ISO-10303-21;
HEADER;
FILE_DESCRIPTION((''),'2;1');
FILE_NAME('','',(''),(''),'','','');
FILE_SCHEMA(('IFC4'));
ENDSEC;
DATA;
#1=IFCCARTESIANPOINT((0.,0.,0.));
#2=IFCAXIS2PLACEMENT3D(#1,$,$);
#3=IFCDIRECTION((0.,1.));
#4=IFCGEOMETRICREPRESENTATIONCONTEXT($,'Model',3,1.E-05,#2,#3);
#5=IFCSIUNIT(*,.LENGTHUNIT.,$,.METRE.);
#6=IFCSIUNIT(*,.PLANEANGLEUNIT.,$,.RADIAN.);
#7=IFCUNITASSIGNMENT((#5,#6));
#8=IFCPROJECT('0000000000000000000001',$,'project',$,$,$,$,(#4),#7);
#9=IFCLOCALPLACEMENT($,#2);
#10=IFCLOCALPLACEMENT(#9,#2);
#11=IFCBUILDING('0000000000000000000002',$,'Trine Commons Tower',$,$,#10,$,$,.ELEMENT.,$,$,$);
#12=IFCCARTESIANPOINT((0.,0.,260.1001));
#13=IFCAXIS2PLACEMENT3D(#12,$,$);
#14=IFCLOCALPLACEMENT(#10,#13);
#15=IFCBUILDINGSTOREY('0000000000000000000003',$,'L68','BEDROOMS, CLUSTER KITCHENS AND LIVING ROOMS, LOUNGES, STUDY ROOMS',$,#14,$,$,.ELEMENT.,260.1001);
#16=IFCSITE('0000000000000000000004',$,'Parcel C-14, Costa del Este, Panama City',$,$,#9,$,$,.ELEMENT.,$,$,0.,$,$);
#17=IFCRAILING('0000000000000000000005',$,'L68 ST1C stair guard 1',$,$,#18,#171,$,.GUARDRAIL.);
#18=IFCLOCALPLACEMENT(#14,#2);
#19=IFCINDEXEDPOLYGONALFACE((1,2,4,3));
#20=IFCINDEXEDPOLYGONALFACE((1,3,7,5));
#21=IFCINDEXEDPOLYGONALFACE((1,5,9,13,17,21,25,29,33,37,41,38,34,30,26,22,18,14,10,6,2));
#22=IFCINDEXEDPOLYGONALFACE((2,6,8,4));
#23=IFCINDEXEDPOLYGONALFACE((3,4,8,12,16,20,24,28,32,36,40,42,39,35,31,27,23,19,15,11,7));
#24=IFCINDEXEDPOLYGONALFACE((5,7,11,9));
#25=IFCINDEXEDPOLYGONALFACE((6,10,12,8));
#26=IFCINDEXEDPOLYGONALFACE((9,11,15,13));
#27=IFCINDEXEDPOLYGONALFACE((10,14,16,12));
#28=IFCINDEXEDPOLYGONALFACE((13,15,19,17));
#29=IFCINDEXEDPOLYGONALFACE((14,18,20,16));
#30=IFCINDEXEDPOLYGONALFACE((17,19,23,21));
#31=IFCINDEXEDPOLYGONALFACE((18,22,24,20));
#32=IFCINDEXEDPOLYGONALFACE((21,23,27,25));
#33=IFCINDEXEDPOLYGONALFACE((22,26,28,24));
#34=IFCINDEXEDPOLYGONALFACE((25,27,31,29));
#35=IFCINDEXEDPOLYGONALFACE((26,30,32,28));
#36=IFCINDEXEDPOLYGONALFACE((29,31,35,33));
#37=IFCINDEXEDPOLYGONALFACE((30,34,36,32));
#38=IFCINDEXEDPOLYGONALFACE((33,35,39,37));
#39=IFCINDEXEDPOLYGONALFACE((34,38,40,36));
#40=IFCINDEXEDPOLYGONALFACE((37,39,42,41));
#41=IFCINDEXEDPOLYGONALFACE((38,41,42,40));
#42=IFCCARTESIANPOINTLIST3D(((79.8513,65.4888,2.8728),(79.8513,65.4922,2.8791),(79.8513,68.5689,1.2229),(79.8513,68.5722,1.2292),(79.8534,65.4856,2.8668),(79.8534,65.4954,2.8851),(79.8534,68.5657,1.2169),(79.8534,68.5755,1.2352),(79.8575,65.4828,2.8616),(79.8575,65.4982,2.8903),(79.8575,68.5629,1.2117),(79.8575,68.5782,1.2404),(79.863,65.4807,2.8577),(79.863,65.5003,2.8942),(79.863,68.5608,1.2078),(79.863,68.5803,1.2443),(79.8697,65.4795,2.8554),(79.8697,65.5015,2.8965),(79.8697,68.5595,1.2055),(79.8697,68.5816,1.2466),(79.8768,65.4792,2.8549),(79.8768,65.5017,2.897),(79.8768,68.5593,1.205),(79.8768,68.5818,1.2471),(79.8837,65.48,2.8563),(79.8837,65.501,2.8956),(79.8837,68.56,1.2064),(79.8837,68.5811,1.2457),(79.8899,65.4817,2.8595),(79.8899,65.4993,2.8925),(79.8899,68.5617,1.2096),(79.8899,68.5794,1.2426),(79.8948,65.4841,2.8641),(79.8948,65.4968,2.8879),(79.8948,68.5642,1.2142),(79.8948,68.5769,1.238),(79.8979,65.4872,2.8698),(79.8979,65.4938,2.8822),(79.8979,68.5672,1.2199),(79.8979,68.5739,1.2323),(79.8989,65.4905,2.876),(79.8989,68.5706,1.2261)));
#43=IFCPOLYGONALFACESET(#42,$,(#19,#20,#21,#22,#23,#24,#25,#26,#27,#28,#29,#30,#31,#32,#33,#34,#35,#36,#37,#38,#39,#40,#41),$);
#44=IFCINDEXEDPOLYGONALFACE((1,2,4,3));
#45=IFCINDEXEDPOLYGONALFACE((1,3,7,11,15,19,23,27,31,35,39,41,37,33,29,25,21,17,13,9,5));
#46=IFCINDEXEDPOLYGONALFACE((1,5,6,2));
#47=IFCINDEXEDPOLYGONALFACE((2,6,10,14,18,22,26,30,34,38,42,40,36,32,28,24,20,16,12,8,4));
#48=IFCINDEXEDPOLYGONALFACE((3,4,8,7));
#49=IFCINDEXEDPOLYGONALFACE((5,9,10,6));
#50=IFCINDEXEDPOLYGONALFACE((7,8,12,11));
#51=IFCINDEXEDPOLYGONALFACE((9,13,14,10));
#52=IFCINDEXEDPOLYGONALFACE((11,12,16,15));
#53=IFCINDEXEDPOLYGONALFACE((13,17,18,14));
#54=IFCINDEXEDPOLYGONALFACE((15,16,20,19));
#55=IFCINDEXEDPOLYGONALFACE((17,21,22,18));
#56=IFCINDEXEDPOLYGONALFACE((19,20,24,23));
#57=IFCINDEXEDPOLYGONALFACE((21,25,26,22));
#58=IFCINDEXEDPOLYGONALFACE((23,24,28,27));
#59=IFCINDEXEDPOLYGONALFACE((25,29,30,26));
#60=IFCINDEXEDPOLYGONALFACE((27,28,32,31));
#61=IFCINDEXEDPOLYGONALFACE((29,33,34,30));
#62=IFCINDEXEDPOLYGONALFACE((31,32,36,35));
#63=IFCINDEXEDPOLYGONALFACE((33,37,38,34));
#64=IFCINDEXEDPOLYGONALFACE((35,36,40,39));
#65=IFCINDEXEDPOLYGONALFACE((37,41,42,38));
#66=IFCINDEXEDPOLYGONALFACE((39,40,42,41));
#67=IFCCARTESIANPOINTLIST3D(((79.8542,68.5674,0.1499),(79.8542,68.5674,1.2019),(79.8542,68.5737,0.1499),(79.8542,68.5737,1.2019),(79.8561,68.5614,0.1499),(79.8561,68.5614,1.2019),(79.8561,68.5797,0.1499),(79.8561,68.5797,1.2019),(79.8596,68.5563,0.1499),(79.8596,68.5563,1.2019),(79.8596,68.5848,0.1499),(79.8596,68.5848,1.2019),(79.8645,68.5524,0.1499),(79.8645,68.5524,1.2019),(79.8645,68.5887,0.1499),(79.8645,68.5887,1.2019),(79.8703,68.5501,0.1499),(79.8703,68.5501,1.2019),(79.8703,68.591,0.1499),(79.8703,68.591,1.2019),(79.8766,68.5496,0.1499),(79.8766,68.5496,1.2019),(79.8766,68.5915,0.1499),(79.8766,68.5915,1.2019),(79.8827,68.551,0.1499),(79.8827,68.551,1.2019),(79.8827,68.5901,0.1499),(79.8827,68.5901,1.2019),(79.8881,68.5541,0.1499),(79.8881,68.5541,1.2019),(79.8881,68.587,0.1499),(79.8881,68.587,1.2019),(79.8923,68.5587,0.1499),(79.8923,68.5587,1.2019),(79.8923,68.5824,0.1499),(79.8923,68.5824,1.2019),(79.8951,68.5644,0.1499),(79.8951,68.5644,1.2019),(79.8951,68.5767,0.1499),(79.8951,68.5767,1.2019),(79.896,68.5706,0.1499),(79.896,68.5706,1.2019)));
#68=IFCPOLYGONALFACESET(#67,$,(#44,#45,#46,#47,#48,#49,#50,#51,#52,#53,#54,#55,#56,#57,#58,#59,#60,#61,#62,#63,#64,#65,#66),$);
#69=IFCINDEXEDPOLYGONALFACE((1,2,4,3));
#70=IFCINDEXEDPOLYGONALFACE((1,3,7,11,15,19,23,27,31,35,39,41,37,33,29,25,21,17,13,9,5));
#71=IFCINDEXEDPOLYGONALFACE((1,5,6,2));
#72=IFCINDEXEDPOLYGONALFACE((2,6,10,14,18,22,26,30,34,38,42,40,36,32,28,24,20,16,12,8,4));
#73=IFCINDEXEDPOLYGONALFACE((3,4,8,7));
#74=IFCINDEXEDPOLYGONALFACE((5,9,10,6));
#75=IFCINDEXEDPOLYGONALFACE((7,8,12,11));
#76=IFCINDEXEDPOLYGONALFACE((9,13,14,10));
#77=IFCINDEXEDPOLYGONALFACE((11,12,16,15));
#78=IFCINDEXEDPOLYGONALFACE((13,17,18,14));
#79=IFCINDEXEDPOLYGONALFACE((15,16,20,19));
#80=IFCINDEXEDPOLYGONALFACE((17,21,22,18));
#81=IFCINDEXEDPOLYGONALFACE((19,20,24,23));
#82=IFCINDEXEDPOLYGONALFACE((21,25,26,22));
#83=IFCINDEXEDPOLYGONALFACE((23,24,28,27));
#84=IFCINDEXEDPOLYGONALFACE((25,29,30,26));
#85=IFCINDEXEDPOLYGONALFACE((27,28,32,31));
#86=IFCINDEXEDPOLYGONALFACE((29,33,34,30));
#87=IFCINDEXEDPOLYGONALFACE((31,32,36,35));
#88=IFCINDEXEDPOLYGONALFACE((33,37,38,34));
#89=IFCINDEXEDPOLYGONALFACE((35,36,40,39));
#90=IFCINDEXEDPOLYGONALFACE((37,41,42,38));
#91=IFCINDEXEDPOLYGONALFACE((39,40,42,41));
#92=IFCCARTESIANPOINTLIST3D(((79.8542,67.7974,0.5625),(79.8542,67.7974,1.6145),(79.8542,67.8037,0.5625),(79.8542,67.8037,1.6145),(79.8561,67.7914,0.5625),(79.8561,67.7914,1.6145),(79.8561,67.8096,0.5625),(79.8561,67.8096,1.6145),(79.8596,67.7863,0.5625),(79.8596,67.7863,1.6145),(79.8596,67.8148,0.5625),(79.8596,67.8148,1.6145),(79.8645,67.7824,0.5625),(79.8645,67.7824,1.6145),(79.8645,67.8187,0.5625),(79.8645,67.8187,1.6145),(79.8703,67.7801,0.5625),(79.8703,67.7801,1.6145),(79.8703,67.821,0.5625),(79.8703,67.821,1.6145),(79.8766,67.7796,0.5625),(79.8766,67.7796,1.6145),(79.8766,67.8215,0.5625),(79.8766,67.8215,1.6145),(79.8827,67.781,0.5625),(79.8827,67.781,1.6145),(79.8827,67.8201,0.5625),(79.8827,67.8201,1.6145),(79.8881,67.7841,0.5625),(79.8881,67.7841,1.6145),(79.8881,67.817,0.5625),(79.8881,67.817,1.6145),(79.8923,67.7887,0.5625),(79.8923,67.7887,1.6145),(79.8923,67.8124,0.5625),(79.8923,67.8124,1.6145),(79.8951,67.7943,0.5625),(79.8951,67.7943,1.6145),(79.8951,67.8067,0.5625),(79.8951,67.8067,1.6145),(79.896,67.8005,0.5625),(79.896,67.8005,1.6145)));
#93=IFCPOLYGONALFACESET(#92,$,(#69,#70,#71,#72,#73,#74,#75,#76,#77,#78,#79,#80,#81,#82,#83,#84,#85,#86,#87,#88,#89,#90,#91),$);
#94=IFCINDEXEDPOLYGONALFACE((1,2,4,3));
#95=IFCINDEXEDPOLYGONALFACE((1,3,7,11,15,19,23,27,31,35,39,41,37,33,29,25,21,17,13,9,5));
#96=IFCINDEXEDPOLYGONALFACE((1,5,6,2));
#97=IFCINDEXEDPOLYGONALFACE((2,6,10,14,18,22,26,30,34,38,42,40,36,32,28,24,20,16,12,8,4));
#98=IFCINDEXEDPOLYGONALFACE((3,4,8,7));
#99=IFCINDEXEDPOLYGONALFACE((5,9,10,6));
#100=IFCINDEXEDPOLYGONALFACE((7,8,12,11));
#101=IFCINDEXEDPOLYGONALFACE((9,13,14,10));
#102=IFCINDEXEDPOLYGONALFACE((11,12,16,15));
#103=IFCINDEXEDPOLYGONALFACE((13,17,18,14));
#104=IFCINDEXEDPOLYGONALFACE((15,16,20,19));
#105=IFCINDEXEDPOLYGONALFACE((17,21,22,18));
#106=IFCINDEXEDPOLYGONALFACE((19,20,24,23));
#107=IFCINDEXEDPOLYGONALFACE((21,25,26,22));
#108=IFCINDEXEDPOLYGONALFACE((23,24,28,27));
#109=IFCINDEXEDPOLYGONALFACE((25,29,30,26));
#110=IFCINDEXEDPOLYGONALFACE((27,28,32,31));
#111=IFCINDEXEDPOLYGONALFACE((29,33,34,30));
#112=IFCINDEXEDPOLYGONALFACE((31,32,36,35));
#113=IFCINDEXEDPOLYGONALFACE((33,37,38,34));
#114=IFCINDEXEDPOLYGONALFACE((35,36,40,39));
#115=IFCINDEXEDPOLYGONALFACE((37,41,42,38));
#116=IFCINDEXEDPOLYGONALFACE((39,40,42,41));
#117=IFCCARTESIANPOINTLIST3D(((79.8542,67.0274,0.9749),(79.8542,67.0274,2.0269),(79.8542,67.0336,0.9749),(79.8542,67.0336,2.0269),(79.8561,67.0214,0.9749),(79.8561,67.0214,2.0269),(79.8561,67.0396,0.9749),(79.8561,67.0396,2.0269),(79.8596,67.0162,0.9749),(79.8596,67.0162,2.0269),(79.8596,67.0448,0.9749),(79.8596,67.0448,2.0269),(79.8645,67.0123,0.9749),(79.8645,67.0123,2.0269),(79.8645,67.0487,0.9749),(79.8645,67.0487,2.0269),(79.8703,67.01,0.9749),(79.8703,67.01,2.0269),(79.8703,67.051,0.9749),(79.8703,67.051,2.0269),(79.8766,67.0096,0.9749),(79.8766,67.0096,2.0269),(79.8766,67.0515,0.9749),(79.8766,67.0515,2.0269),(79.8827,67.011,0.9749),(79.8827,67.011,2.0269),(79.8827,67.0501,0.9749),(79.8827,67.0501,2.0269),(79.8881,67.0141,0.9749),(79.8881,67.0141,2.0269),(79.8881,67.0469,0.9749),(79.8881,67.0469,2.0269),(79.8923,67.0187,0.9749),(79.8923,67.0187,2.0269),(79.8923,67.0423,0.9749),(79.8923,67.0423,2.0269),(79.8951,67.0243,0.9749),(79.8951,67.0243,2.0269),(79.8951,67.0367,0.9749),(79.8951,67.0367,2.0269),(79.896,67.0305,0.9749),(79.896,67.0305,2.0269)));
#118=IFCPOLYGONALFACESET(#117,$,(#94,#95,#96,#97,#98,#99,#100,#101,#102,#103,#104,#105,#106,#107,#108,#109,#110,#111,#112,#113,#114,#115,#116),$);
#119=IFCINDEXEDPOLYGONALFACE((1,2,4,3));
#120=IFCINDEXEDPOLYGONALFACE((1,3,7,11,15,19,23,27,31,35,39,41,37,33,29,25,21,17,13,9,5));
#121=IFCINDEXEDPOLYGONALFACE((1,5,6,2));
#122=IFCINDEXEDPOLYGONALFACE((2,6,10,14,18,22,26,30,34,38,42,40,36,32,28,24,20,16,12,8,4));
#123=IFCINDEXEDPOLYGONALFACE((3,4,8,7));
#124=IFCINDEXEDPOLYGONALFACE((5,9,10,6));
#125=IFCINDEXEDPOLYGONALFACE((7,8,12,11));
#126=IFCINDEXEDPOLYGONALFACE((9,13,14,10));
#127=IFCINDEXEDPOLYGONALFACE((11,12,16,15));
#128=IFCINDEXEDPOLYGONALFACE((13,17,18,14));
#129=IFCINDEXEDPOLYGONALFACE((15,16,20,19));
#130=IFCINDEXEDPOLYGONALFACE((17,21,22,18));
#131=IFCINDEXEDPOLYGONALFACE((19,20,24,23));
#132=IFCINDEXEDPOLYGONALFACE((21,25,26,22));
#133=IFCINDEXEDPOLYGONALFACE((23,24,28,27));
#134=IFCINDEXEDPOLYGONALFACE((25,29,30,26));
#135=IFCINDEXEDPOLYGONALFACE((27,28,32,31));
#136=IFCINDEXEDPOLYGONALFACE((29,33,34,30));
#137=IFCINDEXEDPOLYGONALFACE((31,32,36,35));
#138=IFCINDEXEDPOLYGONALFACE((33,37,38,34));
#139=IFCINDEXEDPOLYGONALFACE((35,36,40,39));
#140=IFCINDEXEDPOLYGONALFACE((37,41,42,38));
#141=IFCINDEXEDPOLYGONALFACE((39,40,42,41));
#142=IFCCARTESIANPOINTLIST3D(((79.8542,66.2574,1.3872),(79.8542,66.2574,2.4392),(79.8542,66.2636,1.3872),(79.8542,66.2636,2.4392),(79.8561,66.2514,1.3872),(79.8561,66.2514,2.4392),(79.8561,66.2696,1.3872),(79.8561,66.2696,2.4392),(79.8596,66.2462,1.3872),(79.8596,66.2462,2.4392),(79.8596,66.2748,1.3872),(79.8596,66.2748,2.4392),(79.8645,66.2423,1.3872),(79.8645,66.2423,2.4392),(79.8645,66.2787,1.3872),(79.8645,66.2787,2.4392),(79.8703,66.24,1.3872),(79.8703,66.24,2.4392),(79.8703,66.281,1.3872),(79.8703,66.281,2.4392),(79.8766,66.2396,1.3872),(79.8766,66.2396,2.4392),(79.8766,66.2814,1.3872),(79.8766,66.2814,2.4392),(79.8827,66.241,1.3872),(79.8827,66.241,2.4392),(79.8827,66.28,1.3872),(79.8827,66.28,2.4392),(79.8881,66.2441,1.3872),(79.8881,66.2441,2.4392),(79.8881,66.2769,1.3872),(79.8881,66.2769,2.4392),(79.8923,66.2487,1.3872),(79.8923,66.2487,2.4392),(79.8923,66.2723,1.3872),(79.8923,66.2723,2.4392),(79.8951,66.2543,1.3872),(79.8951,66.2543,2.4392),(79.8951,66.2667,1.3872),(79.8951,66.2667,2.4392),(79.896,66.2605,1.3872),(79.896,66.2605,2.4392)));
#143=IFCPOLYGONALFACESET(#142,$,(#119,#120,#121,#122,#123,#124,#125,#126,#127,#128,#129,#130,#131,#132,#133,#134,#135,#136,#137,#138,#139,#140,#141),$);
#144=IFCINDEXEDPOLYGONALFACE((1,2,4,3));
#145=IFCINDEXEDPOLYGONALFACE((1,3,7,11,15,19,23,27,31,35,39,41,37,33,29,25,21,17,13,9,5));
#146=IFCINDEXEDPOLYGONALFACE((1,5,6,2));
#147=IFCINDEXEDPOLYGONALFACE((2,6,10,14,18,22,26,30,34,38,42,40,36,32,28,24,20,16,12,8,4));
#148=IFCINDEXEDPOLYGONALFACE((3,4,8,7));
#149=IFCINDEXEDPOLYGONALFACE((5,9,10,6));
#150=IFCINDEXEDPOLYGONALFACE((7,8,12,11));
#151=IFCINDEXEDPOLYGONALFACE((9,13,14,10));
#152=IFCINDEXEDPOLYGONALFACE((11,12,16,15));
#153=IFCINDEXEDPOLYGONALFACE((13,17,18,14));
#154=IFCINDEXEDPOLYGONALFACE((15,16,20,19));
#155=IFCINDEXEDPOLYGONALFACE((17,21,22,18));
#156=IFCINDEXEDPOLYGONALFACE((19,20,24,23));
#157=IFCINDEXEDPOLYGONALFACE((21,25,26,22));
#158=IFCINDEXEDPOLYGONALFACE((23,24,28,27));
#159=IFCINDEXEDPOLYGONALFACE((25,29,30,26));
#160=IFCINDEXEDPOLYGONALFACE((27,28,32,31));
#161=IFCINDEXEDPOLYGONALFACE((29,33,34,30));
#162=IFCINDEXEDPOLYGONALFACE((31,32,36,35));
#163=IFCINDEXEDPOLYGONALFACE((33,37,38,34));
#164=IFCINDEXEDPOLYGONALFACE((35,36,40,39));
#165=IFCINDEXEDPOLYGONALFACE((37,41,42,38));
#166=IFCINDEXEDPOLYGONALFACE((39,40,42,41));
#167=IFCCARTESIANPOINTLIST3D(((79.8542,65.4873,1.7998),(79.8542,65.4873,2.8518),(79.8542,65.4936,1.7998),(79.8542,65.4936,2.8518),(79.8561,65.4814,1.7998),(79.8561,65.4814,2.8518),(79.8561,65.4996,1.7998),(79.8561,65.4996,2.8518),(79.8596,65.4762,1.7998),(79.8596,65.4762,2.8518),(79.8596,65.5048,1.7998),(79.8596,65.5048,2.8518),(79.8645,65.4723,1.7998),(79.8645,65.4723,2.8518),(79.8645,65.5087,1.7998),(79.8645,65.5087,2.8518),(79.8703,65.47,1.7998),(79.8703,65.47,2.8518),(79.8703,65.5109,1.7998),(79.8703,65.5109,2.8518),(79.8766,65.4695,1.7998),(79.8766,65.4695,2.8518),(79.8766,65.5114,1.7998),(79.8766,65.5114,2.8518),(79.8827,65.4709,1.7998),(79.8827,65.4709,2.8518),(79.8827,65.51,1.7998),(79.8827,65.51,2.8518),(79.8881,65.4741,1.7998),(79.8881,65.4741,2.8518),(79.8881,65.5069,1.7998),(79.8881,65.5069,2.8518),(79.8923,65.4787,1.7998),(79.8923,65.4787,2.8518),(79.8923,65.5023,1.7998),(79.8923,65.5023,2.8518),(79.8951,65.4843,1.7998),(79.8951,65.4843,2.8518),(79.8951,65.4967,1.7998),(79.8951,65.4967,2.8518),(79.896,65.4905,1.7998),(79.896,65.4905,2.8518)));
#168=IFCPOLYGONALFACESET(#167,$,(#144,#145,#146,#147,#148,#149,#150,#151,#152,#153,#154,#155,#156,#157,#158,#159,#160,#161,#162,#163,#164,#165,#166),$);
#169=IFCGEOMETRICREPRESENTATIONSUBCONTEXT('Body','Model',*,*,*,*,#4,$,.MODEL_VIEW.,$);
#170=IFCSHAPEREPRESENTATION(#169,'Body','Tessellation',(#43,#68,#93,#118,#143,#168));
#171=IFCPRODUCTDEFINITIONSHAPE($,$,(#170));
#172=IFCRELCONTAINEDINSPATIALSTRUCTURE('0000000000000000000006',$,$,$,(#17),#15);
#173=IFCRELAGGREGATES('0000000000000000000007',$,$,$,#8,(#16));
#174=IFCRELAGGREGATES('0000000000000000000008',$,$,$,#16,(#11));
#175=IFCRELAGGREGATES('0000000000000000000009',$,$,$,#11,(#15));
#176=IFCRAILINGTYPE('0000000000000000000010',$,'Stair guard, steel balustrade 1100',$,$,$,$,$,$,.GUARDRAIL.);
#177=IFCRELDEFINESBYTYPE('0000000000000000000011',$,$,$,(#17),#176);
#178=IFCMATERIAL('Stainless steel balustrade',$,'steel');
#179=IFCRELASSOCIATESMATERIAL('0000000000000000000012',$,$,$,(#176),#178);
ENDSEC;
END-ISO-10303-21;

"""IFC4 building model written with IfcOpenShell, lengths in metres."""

from ifc_helpers import new_model, si_unit, direction, frame, origin, origin_2d, place, context, subcontext, project, spatial, circle, extrude, material, type_object, element, save


model = new_model("IFC4")

# Units and contexts
model_context = context("Model", 3, precision=1e-05, world=origin(), true_north=direction((0.0, 1.0)))
body_context = subcontext(model_context, "Body", "Model", "MODEL_VIEW")
ifc_project = project(units=[si_unit("LENGTHUNIT", "METRE"), si_unit("PLANEANGLEUNIT", "RADIAN")], contexts=[model_context])

# Site, building, storey
site_placement = place(None, origin())
site = spatial("IfcSite", under=ifc_project, at=site_placement, Name="Parcel C-14, Costa del Este, Panama City", CompositionType="ELEMENT", RefElevation=0.0)
building_placement = place(site_placement, origin())
building = spatial("IfcBuilding", under=site, at=building_placement, Name="Trine Commons Tower", CompositionType="ELEMENT")
storey_placement = place(building_placement, frame((0.0, 0.0, 260.1001)))
storey = spatial("IfcBuildingStorey", under=building, at=storey_placement, Name="L68", Description="BEDROOMS, CLUSTER KITCHENS AND LIVING ROOMS, LOUNGES, STUDY ROOMS", CompositionType="ELEMENT", Elevation=260.1001)

# Railing
ifc_material_1 = material(Name="Stainless steel balustrade", Category="steel")
railing_type_1 = type_object("IfcRailingType", Name="Stair guard, steel balustrade 1100", PredefinedType="GUARDRAIL", material=ifc_material_1)
railing_1_placement = place(storey_placement, frame((79.875, 68.5706, 0.1499)))
element("IfcRailing", 1, at=railing_1_placement, inside=storey, type_object=railing_type_1, Name="L68 ST1C stair guard 1", PredefinedType="GUARDRAIL", context=body_context, shape_type="SweptSolid", body=[
    extrude(circle(Radius=0.0239, at=origin_2d()), frame((0.0, 0.0, 1.0762), z_axis=(0.0, -0.881497, 0.47219), x_axis=(1.0, 0.0, 0.0)), (0.0, 0.0, 1.0), 3.4941),
    extrude(circle(Radius=0.021, at=origin_2d()), origin(), (0.0, 0.0, 1.0), 1.052),
    extrude(circle(Radius=0.021, at=origin_2d()), frame((0.0, -0.77, 0.4126)), (0.0, 0.0, 1.0), 1.052),
    extrude(circle(Radius=0.021, at=origin_2d()), frame((0.0, -1.54, 0.825)), (0.0, 0.0, 1.0), 1.052),
    extrude(circle(Radius=0.021, at=origin_2d()), frame((0.0, -2.3101, 1.2373)), (0.0, 0.0, 1.0), 1.052),
    extrude(circle(Radius=0.021, at=origin_2d()), frame((0.0, -3.0801, 1.6499)), (0.0, 0.0, 1.0), 1.052),
])

save(model, "model.ifc")
